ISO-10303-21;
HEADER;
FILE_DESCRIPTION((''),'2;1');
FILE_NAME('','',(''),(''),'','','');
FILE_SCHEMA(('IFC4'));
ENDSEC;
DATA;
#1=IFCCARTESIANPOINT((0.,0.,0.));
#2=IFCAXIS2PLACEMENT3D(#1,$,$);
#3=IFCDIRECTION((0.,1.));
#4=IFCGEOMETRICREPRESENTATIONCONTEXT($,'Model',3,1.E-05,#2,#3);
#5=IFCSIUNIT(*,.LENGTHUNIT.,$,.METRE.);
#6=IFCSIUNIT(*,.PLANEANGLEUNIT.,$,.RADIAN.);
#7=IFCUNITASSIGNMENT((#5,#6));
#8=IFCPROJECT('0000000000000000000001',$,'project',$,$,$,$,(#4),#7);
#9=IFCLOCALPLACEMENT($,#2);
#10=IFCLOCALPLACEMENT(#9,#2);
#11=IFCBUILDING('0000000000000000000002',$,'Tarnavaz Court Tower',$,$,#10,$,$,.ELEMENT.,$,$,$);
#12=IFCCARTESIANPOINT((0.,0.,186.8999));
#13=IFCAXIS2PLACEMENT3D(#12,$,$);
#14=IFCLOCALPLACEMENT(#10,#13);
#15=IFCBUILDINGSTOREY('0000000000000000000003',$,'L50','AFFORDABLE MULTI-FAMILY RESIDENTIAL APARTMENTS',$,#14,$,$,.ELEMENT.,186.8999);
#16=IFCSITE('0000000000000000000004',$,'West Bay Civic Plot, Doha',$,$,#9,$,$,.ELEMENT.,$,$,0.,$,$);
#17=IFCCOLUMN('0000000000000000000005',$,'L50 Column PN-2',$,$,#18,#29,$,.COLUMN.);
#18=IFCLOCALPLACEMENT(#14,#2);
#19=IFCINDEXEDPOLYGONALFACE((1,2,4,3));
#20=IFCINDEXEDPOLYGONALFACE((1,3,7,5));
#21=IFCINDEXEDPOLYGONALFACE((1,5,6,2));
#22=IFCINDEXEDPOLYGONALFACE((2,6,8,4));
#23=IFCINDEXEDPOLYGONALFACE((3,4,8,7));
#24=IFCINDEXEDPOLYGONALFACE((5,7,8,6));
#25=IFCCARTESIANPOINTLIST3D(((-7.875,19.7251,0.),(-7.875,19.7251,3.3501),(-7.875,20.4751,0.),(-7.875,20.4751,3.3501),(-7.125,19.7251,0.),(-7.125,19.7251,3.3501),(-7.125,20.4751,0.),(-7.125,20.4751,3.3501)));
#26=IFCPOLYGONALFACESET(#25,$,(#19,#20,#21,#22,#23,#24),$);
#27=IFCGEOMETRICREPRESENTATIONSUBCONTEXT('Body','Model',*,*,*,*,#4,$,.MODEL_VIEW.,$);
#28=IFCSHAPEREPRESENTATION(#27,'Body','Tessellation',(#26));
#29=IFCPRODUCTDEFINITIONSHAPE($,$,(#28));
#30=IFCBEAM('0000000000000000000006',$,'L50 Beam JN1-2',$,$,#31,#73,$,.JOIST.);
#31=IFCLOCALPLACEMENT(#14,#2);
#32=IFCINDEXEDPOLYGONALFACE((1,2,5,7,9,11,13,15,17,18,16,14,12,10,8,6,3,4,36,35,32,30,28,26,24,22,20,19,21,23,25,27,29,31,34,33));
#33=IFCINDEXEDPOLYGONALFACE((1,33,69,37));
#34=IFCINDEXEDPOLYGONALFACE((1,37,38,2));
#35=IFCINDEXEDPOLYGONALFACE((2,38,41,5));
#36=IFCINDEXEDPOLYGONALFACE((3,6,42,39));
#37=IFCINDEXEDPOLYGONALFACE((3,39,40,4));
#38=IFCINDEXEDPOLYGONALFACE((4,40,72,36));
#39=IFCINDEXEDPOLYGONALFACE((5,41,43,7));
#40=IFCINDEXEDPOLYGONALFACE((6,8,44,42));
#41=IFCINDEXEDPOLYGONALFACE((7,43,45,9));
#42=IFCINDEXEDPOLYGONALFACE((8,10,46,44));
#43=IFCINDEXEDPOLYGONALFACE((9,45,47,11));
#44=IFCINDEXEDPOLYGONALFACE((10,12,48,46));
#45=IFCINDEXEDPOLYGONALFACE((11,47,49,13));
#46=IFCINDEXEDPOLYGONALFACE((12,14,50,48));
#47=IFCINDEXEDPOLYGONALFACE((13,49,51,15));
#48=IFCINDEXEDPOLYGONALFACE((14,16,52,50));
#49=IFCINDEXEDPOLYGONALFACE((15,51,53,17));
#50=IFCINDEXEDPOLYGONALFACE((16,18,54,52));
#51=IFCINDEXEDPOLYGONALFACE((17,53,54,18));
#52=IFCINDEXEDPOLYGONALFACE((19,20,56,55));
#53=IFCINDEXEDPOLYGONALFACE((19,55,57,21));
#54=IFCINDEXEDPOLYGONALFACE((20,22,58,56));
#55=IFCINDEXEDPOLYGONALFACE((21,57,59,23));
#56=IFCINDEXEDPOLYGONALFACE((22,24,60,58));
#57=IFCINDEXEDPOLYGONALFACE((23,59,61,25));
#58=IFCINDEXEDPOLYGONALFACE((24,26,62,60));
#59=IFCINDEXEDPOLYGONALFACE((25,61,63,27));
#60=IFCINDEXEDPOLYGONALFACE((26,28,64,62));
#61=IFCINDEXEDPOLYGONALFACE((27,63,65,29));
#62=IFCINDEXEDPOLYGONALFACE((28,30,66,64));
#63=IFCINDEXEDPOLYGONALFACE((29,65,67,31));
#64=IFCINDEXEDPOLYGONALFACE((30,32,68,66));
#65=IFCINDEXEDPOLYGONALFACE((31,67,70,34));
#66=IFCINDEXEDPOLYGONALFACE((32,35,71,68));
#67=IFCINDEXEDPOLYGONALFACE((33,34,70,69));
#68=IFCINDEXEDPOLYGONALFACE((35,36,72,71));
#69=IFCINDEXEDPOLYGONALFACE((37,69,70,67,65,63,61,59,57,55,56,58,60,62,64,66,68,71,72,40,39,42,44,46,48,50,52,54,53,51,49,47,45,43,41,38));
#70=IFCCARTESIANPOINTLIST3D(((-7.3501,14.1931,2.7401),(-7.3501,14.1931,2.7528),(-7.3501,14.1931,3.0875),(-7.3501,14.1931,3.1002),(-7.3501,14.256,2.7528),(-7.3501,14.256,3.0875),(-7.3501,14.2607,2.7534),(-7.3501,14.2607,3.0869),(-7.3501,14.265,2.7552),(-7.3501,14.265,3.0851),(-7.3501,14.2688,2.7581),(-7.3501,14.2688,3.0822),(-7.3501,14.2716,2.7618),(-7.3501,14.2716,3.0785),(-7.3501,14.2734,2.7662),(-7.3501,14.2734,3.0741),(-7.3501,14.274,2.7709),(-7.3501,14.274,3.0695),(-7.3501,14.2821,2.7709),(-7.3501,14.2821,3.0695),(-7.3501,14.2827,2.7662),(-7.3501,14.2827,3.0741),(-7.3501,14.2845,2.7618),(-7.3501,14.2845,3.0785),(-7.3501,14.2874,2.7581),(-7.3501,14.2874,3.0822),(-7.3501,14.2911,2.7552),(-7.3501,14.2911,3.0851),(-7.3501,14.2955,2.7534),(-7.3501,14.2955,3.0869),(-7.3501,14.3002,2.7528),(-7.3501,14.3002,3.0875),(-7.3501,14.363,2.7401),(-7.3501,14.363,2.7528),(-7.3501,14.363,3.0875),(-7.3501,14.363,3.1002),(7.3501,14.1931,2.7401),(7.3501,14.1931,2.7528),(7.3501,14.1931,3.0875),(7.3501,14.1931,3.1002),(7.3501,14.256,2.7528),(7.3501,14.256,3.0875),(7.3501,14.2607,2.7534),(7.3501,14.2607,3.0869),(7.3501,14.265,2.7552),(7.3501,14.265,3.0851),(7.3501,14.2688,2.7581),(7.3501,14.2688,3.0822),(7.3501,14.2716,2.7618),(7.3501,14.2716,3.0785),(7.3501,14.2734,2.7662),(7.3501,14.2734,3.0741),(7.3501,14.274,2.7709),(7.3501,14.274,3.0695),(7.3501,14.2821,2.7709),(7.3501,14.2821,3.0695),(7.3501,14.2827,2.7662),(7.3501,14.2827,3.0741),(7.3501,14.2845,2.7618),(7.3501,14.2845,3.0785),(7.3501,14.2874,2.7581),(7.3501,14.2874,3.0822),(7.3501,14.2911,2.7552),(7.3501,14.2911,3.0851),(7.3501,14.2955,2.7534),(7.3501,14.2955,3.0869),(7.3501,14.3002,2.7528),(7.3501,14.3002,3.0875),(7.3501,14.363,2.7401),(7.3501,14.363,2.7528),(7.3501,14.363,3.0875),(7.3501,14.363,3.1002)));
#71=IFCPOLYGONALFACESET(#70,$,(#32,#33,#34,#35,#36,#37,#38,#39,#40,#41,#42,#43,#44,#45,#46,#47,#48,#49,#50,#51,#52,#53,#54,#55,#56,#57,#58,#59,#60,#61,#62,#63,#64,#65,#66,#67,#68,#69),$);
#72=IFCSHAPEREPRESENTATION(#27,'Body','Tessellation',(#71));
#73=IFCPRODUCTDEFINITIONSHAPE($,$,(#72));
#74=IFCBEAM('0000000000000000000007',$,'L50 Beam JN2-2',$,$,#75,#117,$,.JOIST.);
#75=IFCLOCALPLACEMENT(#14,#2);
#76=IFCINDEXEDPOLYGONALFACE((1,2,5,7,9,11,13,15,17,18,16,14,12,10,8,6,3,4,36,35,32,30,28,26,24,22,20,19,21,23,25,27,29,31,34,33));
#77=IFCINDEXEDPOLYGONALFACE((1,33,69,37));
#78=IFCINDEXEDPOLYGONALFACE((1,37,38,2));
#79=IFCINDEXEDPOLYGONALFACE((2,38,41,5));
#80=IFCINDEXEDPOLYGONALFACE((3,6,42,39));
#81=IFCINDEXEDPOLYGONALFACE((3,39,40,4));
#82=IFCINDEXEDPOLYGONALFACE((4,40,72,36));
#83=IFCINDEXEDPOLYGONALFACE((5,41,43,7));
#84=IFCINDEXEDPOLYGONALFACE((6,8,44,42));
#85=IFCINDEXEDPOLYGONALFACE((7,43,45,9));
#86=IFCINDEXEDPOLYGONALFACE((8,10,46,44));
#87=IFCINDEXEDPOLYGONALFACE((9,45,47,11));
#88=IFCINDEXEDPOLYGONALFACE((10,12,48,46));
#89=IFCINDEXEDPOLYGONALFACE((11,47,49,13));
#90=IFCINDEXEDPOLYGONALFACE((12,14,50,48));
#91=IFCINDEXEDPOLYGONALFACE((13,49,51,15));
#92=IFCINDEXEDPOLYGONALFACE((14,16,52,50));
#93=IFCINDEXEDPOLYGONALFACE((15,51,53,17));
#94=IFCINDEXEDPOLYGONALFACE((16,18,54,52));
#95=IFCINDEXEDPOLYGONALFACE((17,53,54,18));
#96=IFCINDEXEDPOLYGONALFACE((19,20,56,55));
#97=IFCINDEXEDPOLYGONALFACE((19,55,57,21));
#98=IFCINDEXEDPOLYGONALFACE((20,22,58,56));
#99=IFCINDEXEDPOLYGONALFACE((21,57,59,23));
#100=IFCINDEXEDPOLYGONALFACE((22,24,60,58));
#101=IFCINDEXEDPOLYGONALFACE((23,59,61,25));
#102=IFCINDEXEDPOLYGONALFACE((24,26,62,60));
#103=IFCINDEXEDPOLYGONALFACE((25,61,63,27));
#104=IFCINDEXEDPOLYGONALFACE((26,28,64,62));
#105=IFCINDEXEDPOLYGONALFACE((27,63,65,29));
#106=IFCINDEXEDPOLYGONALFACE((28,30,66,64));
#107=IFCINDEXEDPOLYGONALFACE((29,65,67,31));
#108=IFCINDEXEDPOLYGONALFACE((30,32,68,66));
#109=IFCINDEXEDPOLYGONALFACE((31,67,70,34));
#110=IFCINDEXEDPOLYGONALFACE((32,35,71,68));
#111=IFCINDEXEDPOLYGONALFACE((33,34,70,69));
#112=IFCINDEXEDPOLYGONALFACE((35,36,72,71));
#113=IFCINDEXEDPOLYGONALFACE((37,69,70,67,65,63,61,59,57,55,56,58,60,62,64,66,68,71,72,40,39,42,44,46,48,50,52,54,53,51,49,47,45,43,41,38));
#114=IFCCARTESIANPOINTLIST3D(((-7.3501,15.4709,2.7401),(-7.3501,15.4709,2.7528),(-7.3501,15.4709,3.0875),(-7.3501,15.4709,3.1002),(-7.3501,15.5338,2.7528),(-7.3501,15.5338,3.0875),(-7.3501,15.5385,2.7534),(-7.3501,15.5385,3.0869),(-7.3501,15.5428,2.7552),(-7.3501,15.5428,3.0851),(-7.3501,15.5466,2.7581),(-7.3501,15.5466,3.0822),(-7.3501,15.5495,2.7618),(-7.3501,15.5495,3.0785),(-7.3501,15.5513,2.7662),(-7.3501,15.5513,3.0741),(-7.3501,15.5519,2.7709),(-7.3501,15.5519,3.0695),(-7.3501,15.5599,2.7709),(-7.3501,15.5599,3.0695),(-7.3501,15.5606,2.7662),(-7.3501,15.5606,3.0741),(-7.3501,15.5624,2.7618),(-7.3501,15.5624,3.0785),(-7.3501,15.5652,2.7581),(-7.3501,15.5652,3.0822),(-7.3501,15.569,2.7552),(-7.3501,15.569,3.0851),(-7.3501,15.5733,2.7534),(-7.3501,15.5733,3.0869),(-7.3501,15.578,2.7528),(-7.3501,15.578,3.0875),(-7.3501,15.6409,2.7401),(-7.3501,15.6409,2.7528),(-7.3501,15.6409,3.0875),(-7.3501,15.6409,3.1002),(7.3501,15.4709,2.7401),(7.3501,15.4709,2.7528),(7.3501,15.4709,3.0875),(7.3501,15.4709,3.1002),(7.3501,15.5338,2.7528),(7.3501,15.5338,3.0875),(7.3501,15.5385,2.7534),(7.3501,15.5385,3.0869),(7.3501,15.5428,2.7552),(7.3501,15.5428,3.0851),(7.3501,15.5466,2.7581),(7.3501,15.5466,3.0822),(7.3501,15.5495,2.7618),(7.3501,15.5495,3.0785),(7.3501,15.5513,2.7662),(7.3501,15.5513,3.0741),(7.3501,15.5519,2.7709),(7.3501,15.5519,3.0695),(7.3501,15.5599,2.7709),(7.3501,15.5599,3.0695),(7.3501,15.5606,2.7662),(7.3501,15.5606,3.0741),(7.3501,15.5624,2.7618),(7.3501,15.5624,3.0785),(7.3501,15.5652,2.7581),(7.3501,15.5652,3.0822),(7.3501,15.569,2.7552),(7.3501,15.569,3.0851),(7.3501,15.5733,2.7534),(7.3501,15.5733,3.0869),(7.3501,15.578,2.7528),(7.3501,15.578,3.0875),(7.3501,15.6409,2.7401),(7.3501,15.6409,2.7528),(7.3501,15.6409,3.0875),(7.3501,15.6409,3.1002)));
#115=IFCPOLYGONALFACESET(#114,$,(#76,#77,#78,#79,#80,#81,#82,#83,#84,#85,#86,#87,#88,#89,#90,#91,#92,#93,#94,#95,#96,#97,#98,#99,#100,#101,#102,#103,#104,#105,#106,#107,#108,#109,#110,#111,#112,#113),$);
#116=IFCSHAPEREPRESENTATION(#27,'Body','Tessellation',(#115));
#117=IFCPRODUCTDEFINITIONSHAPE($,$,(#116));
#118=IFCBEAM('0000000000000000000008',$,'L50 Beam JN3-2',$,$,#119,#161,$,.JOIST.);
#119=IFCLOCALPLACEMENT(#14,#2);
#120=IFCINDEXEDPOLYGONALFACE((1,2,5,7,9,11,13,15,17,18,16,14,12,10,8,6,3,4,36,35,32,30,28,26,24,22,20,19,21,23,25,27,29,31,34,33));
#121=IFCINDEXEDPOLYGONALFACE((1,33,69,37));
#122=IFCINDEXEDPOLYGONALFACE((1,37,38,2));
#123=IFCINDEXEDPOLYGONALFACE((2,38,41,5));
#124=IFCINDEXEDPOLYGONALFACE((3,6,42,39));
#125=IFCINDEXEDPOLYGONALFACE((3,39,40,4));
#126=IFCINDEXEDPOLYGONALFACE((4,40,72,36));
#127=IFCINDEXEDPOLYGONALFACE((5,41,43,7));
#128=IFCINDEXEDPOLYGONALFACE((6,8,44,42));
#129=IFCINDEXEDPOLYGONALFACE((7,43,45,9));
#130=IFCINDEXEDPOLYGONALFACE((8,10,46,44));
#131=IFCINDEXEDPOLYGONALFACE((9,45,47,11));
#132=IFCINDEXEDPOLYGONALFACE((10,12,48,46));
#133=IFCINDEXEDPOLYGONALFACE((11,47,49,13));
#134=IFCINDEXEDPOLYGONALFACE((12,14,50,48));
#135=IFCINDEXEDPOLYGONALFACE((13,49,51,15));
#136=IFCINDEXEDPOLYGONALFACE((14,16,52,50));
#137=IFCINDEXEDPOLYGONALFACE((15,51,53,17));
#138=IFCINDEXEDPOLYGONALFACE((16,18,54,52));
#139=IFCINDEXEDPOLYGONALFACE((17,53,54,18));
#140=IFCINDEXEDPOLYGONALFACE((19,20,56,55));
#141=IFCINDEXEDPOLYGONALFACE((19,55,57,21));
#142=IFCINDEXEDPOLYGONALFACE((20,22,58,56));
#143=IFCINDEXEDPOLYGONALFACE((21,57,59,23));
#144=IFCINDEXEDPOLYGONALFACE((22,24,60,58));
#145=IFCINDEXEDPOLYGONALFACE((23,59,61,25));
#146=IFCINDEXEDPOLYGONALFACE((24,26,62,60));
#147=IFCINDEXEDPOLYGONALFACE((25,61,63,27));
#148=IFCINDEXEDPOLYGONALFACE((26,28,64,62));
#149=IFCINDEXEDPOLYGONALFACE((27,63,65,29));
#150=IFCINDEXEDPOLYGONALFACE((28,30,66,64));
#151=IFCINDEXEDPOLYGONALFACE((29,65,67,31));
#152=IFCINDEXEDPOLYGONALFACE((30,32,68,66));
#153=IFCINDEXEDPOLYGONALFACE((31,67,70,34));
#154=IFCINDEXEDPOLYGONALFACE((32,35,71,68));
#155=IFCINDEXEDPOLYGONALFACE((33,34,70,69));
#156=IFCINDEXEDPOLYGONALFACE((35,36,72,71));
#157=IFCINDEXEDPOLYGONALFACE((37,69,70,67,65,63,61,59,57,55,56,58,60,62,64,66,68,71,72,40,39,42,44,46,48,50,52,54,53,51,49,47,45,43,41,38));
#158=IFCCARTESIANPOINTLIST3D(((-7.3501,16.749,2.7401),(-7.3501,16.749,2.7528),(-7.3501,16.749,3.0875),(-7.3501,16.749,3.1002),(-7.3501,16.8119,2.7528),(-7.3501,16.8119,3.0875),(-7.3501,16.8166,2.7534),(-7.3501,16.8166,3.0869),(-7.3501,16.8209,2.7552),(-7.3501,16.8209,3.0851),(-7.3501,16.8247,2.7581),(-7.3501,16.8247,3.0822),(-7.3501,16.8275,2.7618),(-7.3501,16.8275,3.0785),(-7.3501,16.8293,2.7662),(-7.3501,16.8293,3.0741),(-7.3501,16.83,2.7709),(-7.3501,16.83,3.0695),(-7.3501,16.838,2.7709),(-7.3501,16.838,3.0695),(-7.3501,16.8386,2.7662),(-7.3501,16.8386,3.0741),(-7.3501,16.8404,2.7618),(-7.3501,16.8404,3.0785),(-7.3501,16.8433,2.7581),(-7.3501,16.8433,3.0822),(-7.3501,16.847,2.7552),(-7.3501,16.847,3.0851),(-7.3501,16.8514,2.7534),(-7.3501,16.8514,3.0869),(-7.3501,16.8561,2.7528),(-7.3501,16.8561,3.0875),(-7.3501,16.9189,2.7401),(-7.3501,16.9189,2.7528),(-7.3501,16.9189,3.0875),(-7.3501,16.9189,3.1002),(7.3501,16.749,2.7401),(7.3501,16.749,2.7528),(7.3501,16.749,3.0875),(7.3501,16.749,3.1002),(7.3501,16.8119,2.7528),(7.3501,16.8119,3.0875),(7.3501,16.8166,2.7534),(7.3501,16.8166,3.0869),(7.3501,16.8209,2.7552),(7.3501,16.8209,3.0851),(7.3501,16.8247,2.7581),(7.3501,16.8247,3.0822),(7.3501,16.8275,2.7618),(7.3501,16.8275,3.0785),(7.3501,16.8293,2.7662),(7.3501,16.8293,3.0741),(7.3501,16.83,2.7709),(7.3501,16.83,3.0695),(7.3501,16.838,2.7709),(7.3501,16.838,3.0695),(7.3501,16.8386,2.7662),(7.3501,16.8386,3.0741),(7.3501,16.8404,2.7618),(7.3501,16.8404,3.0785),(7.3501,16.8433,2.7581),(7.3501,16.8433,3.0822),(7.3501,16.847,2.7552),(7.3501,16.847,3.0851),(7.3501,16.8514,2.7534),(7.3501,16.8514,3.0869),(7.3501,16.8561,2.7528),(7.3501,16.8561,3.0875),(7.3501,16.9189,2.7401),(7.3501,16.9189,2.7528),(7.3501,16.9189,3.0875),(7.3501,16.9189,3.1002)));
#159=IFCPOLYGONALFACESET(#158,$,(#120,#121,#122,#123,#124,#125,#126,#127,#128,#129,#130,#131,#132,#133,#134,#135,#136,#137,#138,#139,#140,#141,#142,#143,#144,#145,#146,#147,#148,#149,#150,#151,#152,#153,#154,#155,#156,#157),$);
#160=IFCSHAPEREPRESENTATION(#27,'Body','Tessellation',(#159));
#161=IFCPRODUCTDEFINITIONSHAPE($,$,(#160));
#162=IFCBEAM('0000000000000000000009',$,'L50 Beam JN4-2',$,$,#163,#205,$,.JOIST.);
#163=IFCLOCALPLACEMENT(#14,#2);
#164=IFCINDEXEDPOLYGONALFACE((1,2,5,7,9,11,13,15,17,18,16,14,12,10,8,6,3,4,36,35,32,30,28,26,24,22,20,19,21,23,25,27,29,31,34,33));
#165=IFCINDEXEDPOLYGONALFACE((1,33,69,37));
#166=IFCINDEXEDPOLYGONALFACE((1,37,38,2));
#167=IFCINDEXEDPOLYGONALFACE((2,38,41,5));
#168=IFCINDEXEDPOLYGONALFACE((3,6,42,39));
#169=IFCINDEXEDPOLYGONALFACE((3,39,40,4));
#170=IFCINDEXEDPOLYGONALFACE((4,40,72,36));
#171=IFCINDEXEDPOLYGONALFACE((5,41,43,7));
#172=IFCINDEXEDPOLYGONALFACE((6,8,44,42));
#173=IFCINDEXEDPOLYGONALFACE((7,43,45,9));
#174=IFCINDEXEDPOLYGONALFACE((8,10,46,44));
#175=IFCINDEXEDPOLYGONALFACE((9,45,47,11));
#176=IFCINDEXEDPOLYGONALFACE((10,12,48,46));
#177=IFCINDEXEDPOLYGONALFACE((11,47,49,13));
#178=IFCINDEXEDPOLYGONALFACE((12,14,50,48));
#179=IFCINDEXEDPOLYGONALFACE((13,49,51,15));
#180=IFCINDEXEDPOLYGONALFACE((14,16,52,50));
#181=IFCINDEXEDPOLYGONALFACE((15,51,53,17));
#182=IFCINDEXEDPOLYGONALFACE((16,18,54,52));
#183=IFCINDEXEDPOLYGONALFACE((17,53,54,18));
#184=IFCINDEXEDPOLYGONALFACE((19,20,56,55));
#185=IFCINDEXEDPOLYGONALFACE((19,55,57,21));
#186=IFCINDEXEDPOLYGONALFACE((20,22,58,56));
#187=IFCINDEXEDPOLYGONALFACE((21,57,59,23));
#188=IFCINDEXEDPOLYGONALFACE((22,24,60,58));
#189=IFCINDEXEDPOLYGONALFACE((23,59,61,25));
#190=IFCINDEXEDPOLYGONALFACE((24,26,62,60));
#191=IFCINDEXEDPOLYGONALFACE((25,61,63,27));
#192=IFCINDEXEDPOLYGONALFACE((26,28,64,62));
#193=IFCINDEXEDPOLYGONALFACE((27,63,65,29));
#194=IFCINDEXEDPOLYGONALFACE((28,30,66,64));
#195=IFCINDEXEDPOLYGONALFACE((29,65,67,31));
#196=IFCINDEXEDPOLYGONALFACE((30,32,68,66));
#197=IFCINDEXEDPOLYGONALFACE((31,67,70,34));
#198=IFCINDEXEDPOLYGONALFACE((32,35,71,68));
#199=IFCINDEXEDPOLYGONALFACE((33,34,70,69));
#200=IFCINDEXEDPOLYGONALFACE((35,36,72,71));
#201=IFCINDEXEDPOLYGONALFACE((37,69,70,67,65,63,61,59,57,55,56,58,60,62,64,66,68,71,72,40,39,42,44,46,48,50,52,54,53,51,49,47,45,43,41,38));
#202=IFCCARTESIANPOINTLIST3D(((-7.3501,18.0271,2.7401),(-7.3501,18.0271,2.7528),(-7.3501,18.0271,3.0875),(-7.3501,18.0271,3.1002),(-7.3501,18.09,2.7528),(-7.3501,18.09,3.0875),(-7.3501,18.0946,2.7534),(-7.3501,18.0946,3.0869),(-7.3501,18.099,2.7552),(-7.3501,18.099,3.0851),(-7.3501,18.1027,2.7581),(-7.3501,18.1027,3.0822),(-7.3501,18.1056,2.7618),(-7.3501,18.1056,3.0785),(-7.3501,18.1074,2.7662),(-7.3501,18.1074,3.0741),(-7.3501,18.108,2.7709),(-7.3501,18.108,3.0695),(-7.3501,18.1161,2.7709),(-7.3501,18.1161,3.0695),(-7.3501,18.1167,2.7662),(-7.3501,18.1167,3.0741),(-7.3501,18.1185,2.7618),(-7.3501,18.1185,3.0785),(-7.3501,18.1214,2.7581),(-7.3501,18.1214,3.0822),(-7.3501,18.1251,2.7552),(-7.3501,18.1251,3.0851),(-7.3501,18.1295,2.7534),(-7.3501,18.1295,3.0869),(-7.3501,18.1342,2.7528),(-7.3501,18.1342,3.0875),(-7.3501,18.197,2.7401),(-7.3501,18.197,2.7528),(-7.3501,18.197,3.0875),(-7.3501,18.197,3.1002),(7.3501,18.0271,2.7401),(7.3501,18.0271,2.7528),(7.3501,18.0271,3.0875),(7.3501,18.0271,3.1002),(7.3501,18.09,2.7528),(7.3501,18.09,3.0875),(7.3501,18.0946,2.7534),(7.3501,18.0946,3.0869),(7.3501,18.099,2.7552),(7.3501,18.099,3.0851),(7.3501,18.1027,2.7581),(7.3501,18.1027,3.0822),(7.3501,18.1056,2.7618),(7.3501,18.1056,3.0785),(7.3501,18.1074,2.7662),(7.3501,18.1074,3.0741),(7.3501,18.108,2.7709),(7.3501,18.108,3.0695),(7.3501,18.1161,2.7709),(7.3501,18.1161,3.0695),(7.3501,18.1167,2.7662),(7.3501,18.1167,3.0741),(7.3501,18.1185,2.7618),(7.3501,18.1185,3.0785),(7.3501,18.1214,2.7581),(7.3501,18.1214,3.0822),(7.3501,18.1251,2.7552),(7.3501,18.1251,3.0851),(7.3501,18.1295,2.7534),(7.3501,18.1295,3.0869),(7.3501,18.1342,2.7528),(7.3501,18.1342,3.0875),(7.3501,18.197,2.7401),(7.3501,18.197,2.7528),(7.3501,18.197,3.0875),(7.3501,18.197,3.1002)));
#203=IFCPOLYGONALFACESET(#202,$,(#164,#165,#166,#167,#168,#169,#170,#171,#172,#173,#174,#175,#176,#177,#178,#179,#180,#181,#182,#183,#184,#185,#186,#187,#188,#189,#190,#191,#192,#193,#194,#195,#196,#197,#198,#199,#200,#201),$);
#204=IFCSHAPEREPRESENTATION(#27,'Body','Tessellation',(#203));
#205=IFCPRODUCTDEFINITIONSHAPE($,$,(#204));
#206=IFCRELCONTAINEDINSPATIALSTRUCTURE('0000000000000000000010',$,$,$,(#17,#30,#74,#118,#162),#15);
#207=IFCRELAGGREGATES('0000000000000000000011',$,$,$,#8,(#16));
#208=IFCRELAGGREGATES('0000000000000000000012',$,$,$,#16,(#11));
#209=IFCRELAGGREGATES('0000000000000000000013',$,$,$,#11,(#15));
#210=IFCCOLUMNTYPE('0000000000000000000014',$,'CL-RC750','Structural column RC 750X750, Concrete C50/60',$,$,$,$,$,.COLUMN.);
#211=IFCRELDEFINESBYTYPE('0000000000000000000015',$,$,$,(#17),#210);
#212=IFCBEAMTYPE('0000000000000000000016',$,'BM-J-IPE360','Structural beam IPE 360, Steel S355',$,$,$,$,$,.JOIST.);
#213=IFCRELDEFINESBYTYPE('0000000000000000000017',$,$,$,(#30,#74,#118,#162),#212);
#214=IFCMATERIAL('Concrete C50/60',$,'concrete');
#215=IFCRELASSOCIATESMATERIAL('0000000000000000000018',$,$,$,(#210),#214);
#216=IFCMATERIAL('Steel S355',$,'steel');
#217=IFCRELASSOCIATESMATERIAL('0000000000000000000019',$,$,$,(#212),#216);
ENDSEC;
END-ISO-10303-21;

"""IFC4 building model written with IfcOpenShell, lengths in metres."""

from ifc_helpers import new_model, si_unit, direction, frame, origin, origin_2d, place, context, subcontext, project, spatial, rectangle, i_section, extrude, material, material_profile, profile_set, type_object, element, save


model = new_model("IFC4")

# Units and contexts
model_context = context("Model", 3, precision=1e-05, world=origin(), true_north=direction((0.0, 1.0)))
body_context = subcontext(model_context, "Body", "Model", "MODEL_VIEW")
ifc_project = project(units=[si_unit("LENGTHUNIT", "METRE"), si_unit("PLANEANGLEUNIT", "RADIAN")], contexts=[model_context])

# Site, building, storey
site_placement = place(None, origin())
site = spatial("IfcSite", under=ifc_project, at=site_placement, Name="West Bay Civic Plot, Doha", CompositionType="ELEMENT", RefElevation=0.0)
building_placement = place(site_placement, origin())
building = spatial("IfcBuilding", under=site, at=building_placement, Name="Tarnavaz Court Tower", CompositionType="ELEMENT")
storey_placement = place(building_placement, frame((0.0, 0.0, 186.8999)))
storey = spatial("IfcBuildingStorey", under=building, at=storey_placement, Name="L50", Description="AFFORDABLE MULTI-FAMILY RESIDENTIAL APARTMENTS", CompositionType="ELEMENT", Elevation=186.8999)

# Column
ifc_material_1 = material(Name="Concrete C50/60", Category="concrete")
ifc_material_profile_1 = material_profile(ifc_material_1, rectangle(XDim=0.75, YDim=0.75, at=origin_2d()), Name="RC 750X750")
ifc_profile_set_1 = profile_set([ifc_material_profile_1], Name="Concrete C50/60")
column_type = type_object("IfcColumnType", Name="CL-RC750", Description="Structural column RC 750X750, Concrete C50/60", PredefinedType="COLUMN", material=ifc_profile_set_1)
column_placement = place(storey_placement, frame((-7.5, 20.1001, 0.0), z_axis=(0.0, 0.0, 1.0), x_axis=(1.0, 0.0, 0.0)))
element("IfcColumn", 1, at=column_placement, inside=storey, type_object=column_type, Name="L50 Column PN-2", PredefinedType="COLUMN", context=body_context, shape_type="SweptSolid", body=[
    extrude(rectangle(XDim=0.75, YDim=0.75, at=origin_2d()), origin(), (0.0, 0.0, 1.0), 3.3501),
])

# Beams
ifc_material_2 = material(Name="Steel S355", Category="steel")
ifc_material_profile_2 = material_profile(ifc_material_2, i_section(OverallWidth=0.1699, OverallDepth=0.3601, WebThickness=0.0081, FlangeThickness=0.0127, FilletRadius=0.0181, at=origin_2d()), Name="IPE 360")
ifc_profile_set_2 = profile_set([ifc_material_profile_2], Name="Steel S355")
beam_type_1 = type_object("IfcBeamType", Name="BM-J-IPE360", Description="Structural beam IPE 360, Steel S355", PredefinedType="JOIST", material=ifc_profile_set_2)
for number, where, z_axis, x_axis, name in (
    (2, (-7.3501, 14.2781, 2.9202), (1.0, 0.0, 0.0), (0.0, 1.0, 0.0), "L50 Beam JN1-2"),
    (3, (-7.3501, 15.5559, 2.9202), (1.0, 0.0, 0.0), (0.0, 1.0, 0.0), "L50 Beam JN2-2"),
    (4, (-7.3501, 16.834, 2.9202), (1.0, 0.0, 0.0), (0.0, 1.0, 0.0), "L50 Beam JN3-2"),
    (5, (-7.3501, 18.1121, 2.9202), (1.0, 0.0, 0.0), (0.0, 1.0, 0.0), "L50 Beam JN4-2"),
):
    element("IfcBeam", number, at=place(storey_placement, frame(where, z_axis=z_axis, x_axis=x_axis)), inside=storey, type_object=beam_type_1, Name=name, PredefinedType="JOIST", context=body_context, shape_type="SweptSolid", body=[
        extrude(i_section(OverallWidth=0.1699, OverallDepth=0.3601, WebThickness=0.0081, FlangeThickness=0.0127, FilletRadius=0.0181, at=origin_2d()), origin(), (0.0, 0.0, 1.0), 14.7002),
    ])

save(model, "model.ifc")
